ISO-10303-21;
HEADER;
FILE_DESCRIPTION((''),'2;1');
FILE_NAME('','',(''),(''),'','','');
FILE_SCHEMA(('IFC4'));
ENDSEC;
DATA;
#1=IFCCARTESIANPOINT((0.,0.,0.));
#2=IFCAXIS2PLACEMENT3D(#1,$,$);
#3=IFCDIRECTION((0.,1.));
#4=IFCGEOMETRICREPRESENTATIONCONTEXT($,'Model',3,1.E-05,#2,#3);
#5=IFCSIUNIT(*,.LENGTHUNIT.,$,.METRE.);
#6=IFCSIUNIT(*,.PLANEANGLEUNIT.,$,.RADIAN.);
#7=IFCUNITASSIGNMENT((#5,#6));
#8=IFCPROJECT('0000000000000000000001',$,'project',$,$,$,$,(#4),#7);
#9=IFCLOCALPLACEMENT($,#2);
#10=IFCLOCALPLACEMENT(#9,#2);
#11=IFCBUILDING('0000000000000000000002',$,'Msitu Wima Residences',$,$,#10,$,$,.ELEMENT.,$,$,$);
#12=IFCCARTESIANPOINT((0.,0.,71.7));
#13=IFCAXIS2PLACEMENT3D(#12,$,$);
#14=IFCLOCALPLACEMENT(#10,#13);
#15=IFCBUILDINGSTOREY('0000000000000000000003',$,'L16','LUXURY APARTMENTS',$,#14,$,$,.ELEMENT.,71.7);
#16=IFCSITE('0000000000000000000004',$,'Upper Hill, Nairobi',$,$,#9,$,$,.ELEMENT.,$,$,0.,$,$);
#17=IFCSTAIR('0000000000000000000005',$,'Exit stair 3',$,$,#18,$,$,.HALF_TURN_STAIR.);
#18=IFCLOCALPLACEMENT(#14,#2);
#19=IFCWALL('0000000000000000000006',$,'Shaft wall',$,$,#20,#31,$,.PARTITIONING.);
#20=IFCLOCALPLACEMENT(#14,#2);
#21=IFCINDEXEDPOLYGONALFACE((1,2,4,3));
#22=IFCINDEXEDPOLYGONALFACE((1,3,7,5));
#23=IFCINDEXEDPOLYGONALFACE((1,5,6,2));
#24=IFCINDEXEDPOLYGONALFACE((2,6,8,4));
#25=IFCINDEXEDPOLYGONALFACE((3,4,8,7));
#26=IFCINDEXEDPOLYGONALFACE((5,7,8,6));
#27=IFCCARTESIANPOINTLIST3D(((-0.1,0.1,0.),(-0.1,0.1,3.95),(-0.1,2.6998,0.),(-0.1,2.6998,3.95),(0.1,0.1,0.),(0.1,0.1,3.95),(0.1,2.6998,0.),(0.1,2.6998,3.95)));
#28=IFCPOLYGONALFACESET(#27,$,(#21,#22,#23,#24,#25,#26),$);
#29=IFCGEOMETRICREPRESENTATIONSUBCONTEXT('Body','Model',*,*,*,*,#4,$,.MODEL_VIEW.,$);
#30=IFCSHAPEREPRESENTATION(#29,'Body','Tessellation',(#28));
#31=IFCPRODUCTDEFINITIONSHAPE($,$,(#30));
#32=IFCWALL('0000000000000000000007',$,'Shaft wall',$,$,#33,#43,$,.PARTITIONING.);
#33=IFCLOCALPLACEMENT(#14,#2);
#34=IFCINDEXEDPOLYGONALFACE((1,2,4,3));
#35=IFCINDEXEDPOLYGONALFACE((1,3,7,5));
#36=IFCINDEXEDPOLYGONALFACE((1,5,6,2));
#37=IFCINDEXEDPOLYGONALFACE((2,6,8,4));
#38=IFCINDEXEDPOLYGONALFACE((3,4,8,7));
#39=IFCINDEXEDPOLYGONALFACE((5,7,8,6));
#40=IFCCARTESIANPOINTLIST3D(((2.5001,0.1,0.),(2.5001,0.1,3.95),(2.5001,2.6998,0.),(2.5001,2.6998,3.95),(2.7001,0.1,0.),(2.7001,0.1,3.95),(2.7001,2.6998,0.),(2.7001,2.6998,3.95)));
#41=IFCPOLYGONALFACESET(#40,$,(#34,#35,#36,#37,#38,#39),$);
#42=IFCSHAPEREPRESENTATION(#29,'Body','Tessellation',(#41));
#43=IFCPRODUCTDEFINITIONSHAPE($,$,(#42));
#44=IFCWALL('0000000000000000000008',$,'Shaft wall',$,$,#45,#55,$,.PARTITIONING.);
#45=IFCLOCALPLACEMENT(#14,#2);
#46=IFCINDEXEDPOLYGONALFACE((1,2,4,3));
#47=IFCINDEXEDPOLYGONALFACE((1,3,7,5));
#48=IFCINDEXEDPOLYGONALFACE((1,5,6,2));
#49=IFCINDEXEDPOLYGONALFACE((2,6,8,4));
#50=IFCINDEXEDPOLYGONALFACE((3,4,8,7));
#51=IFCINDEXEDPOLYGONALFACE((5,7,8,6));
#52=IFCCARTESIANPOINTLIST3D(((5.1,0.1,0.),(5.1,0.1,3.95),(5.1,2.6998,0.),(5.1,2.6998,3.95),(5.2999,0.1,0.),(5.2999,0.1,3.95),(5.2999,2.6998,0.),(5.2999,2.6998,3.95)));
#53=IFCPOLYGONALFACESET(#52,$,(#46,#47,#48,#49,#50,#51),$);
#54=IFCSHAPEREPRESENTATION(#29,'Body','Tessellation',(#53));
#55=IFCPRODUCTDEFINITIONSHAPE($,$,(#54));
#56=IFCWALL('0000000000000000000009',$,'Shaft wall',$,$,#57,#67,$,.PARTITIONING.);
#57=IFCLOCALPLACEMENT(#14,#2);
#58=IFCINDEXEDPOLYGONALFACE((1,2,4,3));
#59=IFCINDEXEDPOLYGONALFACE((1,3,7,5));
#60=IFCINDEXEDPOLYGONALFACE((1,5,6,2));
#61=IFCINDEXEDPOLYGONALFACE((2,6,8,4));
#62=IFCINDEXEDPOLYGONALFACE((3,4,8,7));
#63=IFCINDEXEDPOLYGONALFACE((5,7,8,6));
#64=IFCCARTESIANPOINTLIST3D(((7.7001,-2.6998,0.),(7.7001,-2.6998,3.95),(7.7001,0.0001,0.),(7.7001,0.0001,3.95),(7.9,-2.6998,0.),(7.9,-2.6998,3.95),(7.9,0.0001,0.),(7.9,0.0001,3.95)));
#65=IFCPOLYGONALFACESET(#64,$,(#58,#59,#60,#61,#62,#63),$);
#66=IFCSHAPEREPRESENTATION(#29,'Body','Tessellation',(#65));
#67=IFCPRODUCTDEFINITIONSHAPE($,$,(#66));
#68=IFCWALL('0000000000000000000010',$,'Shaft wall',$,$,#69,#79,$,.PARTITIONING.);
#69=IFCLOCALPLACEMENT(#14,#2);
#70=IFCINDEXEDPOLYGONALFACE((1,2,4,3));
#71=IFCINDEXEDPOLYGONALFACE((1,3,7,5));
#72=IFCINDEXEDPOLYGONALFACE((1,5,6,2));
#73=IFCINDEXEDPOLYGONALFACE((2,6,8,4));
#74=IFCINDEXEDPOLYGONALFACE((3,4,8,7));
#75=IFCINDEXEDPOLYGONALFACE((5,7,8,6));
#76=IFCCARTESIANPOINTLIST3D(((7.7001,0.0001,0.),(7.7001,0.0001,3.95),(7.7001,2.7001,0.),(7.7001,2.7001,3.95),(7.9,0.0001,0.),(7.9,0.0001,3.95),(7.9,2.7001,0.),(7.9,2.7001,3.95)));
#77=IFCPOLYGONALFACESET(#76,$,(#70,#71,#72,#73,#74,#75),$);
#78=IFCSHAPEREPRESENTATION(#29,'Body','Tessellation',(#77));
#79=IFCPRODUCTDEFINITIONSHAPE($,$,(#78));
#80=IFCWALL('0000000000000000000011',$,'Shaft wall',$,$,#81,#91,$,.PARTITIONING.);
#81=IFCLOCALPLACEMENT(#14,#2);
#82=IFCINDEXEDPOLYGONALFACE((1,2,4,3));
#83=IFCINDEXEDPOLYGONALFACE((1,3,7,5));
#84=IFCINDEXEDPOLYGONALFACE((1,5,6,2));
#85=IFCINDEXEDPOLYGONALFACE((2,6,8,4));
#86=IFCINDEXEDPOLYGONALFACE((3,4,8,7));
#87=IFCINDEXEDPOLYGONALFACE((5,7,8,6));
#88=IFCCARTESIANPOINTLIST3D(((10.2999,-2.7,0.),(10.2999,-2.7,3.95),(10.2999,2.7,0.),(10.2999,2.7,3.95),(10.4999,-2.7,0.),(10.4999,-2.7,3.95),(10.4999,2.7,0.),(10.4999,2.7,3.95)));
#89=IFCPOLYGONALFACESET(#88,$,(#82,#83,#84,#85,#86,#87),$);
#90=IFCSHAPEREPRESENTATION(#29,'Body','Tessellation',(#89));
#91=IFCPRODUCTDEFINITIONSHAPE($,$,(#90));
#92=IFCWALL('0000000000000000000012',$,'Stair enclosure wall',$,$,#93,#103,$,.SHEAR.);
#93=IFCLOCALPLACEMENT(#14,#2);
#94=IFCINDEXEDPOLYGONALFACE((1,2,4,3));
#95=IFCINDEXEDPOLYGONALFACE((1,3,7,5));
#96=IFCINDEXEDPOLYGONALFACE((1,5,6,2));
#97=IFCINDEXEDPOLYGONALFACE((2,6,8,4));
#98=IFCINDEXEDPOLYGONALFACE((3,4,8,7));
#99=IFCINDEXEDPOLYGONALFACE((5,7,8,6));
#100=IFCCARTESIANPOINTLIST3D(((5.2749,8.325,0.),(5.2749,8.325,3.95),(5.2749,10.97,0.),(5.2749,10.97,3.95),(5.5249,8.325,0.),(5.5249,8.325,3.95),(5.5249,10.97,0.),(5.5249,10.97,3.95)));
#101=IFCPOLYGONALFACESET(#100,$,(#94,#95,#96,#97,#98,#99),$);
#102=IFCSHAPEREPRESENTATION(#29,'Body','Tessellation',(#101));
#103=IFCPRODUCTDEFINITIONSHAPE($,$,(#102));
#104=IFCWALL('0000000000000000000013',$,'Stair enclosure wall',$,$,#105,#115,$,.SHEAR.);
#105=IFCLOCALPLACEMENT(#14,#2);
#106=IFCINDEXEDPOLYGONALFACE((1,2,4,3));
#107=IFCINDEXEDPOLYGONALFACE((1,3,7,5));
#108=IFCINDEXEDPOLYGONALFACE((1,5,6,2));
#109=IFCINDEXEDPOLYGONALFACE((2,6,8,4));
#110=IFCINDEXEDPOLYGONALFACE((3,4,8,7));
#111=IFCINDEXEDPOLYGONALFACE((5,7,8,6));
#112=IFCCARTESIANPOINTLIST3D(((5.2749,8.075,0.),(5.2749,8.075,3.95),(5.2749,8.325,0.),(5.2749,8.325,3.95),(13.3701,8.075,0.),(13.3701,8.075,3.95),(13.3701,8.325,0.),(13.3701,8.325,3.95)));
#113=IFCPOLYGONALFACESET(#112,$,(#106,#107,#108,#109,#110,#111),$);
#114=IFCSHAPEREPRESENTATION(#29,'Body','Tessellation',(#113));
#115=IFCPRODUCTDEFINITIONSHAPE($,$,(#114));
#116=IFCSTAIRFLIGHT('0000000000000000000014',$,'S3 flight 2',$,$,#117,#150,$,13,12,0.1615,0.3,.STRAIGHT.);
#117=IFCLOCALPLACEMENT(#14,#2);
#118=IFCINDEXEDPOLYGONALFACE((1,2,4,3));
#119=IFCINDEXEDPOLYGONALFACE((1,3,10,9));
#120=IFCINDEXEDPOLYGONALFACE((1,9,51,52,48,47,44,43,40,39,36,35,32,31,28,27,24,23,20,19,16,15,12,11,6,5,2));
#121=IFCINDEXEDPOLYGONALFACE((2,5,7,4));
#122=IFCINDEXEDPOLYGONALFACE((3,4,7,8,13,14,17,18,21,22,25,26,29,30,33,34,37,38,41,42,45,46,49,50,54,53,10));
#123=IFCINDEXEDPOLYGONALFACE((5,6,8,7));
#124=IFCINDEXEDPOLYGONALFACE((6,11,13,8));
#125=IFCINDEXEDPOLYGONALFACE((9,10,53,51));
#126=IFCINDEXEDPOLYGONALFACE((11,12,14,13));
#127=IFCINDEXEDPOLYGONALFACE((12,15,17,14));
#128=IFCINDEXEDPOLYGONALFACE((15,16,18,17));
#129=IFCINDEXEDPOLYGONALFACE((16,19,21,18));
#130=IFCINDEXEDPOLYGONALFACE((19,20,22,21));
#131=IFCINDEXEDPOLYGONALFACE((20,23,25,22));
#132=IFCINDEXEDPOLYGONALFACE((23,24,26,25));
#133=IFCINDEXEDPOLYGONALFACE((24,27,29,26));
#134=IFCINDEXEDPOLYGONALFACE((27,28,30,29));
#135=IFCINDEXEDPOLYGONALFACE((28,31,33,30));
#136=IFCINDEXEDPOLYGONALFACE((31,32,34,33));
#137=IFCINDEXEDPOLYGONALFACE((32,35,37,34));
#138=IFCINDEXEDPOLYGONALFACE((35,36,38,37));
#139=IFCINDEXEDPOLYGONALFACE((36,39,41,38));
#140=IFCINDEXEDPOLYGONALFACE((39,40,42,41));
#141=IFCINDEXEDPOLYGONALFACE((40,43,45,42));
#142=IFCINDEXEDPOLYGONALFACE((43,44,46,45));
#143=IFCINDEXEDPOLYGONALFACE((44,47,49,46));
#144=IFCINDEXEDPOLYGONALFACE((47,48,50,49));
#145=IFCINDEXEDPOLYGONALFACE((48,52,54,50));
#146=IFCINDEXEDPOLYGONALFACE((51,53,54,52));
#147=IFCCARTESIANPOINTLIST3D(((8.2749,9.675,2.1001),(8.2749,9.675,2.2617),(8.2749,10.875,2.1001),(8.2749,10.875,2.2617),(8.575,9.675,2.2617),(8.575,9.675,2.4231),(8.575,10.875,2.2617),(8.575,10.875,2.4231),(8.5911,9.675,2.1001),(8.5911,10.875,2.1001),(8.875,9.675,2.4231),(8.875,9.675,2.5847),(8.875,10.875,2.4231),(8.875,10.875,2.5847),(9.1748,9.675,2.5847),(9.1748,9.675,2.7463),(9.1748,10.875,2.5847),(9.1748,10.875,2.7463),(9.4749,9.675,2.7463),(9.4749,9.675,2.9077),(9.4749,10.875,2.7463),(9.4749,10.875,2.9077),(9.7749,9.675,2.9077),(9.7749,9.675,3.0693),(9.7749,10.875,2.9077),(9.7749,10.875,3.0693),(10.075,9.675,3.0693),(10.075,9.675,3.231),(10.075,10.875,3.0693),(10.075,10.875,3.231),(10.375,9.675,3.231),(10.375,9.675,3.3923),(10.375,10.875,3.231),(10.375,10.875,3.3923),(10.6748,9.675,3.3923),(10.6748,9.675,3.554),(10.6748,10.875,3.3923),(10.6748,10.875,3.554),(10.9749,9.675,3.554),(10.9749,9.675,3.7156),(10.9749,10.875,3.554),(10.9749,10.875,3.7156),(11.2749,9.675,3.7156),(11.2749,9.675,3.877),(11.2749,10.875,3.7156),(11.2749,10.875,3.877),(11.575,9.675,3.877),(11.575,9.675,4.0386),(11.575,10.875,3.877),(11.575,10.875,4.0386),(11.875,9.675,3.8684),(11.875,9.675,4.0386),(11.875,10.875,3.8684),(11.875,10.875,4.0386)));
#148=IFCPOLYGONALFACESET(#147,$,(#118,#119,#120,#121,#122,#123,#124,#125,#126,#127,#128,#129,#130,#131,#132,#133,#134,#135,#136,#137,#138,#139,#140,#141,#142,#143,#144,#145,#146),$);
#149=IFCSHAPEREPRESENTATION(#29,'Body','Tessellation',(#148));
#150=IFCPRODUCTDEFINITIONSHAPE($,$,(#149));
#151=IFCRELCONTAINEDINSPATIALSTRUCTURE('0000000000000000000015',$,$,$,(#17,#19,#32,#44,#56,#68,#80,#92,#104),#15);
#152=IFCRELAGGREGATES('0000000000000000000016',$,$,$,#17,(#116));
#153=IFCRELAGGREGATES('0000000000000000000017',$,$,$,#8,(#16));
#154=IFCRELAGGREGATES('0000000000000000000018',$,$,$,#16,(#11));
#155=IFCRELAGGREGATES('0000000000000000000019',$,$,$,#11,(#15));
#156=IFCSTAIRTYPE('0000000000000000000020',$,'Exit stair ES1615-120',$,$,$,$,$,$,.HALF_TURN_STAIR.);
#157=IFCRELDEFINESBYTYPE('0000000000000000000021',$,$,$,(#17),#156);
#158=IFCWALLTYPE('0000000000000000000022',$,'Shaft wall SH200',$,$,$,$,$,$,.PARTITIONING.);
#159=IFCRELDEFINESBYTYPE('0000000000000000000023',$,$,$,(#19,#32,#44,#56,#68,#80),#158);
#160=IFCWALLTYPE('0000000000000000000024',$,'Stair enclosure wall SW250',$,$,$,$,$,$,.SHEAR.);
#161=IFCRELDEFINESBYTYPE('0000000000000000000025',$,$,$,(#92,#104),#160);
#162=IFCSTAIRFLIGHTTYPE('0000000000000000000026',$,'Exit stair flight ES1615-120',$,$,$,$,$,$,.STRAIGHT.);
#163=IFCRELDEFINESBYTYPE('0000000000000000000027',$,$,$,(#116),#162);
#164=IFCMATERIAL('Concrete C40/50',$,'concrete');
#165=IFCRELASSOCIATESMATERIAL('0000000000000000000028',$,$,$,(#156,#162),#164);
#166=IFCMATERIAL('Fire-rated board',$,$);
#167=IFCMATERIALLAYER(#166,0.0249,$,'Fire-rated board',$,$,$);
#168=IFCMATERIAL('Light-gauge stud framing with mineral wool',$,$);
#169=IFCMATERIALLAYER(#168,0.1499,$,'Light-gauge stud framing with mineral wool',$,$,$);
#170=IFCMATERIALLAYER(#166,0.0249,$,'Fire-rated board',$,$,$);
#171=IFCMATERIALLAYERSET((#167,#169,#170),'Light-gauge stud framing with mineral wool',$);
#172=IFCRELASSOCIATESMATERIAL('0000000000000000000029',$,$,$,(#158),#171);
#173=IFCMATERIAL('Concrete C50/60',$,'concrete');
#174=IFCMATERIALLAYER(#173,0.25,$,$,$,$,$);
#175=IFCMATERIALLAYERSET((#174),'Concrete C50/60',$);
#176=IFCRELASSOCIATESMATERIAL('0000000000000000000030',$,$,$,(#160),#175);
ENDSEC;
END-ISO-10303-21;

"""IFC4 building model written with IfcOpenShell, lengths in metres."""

from ifc_helpers import new_model, si_unit, direction, frame, frame_2d, origin, place, context, subcontext, project, spatial, polyline, rectangle, outline, extrude, material, layer, layer_set, type_object, element, aggregate, save


model = new_model("IFC4")

# Units and contexts
model_context = context("Model", 3, precision=1e-05, world=origin(), true_north=direction((0.0, 1.0)))
body_context = subcontext(model_context, "Body", "Model", "MODEL_VIEW")
ifc_project = project(units=[si_unit("LENGTHUNIT", "METRE"), si_unit("PLANEANGLEUNIT", "RADIAN")], contexts=[model_context])

# Site, building, storey
site_placement = place(None, origin())
site = spatial("IfcSite", under=ifc_project, at=site_placement, Name="Upper Hill, Nairobi", CompositionType="ELEMENT", RefElevation=0.0)
building_placement = place(site_placement, origin())
building = spatial("IfcBuilding", under=site, at=building_placement, Name="Msitu Wima Residences", CompositionType="ELEMENT")
storey_placement = place(building_placement, frame((0.0, 0.0, 71.7)))
storey = spatial("IfcBuildingStorey", under=building, at=storey_placement, Name="L16", Description="LUXURY APARTMENTS", CompositionType="ELEMENT", Elevation=71.7)

# Shared definitions
ifc_material_1 = material(Name="Concrete C40/50", Category="concrete")

# Stair
stair_type = type_object("IfcStairType", Name="Exit stair ES1615-120", PredefinedType="HALF_TURN_STAIR", material=ifc_material_1)
stair_1_placement = place(storey_placement, origin())
stair_1 = element("IfcStair", 1, at=stair_1_placement, inside=storey, type_object=stair_type, Name="Exit stair 3", PredefinedType="HALF_TURN_STAIR")

# Walls
ifc_material_2 = material(Name="Fire-rated board")
ifc_layer_1 = layer(ifc_material_2, 0.0249, Name="Fire-rated board")
ifc_material_3 = material(Name="Light-gauge stud framing with mineral wool")
ifc_layer_2 = layer(ifc_material_3, 0.1499, Name="Light-gauge stud framing with mineral wool")
ifc_layer_3 = layer(ifc_material_2, 0.0249, Name="Fire-rated board")
ifc_layer_set_1 = layer_set([ifc_layer_1, ifc_layer_2, ifc_layer_3], Name="Light-gauge stud framing with mineral wool")
wall_type_1 = type_object("IfcWallType", Name="Shaft wall SH200", PredefinedType="PARTITIONING", material=ifc_layer_set_1)
for number, where, z_axis, x_axis, name in (
    (2, (0.0, 0.1001, 0.0), (0.0, 0.0, 1.0), (0.0, 1.0, 0.0), "Shaft wall"),
    (3, (2.6001, 0.1001, 0.0), (0.0, 0.0, 1.0), (0.0, 1.0, 0.0), "Shaft wall"),
    (4, (5.2, 0.1001, 0.0), (0.0, 0.0, 1.0), (0.0, 1.0, 0.0), "Shaft wall"),
):
    element("IfcWall", number, at=place(storey_placement, frame(where, z_axis=z_axis, x_axis=x_axis)), inside=storey, type_object=wall_type_1, Name=name, PredefinedType="PARTITIONING", context=body_context, shape_type="SweptSolid", body=[
        extrude(rectangle(XDim=2.5999, YDim=0.2, at=frame_2d((1.2998, 0.0))), origin(), (0.0, 0.0, 1.0), 3.95),
    ])
for number, where, z_axis, x_axis, name in (
    (5, (7.8, -2.7, 0.0), (0.0, 0.0, 1.0), (0.0, 1.0, 0.0), "Shaft wall"),
    (6, (7.8, 0.0, 0.0), (0.0, 0.0, 1.0), (0.0, 1.0, 0.0), "Shaft wall"),
):
    element("IfcWall", number, at=place(storey_placement, frame(where, z_axis=z_axis, x_axis=x_axis)), inside=storey, type_object=wall_type_1, Name=name, PredefinedType="PARTITIONING", context=body_context, shape_type="SweptSolid", body=[
        extrude(rectangle(XDim=2.7, YDim=0.2, at=frame_2d((1.3501, 0.0))), origin(), (0.0, 0.0, 1.0), 3.95),
    ])
wall_1_placement = place(storey_placement, frame((10.3999, -2.7, 0.0), z_axis=(0.0, 0.0, 1.0), x_axis=(0.0, 1.0, 0.0)))
element("IfcWall", 7, at=wall_1_placement, inside=storey, type_object=wall_type_1, Name="Shaft wall", PredefinedType="PARTITIONING", context=body_context, shape_type="SweptSolid", body=[
    extrude(rectangle(XDim=5.3999, YDim=0.2, at=frame_2d((2.7, 0.0))), origin(), (0.0, 0.0, 1.0), 3.95),
])
ifc_material_4 = material(Name="Concrete C50/60", Category="concrete")
ifc_layer_4 = layer(ifc_material_4, 0.25)
ifc_layer_set_2 = layer_set([ifc_layer_4], Name="Concrete C50/60")
wall_type_2 = type_object("IfcWallType", Name="Stair enclosure wall SW250", PredefinedType="SHEAR", material=ifc_layer_set_2)
wall_2_placement = place(storey_placement, frame((5.3999, 8.325, 0.0), z_axis=(0.0, 0.0, 1.0), x_axis=(0.0, 1.0, 0.0)))
element("IfcWall", 8, at=wall_2_placement, inside=storey, type_object=wall_type_2, Name="Stair enclosure wall", PredefinedType="SHEAR", context=body_context, shape_type="SweptSolid", body=[
    extrude(rectangle(XDim=2.645, YDim=0.25, at=frame_2d((1.3225, 0.0))), origin(), (0.0, 0.0, 1.0), 3.95),
])
wall_3_placement = place(storey_placement, frame((5.2749, 8.2, 0.0), z_axis=(0.0, 0.0, 1.0), x_axis=(1.0, 0.0, 0.0)))
element("IfcWall", 9, at=wall_3_placement, inside=storey, type_object=wall_type_2, Name="Stair enclosure wall", PredefinedType="SHEAR", context=body_context, shape_type="SweptSolid", body=[
    extrude(rectangle(XDim=8.0952, YDim=0.25, at=frame_2d((4.0476, 0.0))), origin(), (0.0, 0.0, 1.0), 3.95),
])

# Stair flight
stair_flight_type = type_object("IfcStairFlightType", Name="Exit stair flight ES1615-120", PredefinedType="STRAIGHT", material=ifc_material_1)
stair_flight_placement = place(storey_placement, frame((8.2749, 10.2749, 2.1001), z_axis=(0.0, 0.0, 1.0), x_axis=(1.0, 0.0, 0.0)))
stair_flight = element("IfcStairFlight", 10, at=stair_flight_placement, type_object=stair_flight_type, Name="S3 flight 2", NumberOfRisers=13, NumberOfTreads=12, PredefinedType="STRAIGHT", RiserHeight=0.1615, TreadLength=0.3, context=body_context, shape_type="SweptSolid", body=[
    extrude(outline(polyline([(0.0, 0.0), (0.0, 0.1616), (0.3, 0.1616), (0.3, 0.323), (0.6001, 0.323), (0.6001, 0.4846), (0.8999, 0.4846), (0.8999, 0.6462), (1.2, 0.6462), (1.2, 0.8076), (1.5, 0.8076), (1.5, 0.9692), (1.8, 0.9692), (1.8, 1.1309), (2.1001, 1.1309), (2.1001, 1.2922), (2.3999, 1.2922), (2.3999, 1.4539), (2.7, 1.4539), (2.7, 1.6155), (3.0, 1.6155), (3.0, 1.7769), (3.3, 1.7769), (3.3, 1.9385), (3.6001, 1.9385), (3.6001, 2.1001), (3.6001, 1.7683), (0.3162, 0.0), (0.0, 0.0)])), frame((0.0, 0.6001, 0.0), z_axis=(0.0, -1.0, 0.0), x_axis=(1.0, 0.0, 0.0)), (0.0, 0.0, 1.0), 1.2),
])
aggregate(stair_1, [stair_flight])

save(model, "model.ifc")
